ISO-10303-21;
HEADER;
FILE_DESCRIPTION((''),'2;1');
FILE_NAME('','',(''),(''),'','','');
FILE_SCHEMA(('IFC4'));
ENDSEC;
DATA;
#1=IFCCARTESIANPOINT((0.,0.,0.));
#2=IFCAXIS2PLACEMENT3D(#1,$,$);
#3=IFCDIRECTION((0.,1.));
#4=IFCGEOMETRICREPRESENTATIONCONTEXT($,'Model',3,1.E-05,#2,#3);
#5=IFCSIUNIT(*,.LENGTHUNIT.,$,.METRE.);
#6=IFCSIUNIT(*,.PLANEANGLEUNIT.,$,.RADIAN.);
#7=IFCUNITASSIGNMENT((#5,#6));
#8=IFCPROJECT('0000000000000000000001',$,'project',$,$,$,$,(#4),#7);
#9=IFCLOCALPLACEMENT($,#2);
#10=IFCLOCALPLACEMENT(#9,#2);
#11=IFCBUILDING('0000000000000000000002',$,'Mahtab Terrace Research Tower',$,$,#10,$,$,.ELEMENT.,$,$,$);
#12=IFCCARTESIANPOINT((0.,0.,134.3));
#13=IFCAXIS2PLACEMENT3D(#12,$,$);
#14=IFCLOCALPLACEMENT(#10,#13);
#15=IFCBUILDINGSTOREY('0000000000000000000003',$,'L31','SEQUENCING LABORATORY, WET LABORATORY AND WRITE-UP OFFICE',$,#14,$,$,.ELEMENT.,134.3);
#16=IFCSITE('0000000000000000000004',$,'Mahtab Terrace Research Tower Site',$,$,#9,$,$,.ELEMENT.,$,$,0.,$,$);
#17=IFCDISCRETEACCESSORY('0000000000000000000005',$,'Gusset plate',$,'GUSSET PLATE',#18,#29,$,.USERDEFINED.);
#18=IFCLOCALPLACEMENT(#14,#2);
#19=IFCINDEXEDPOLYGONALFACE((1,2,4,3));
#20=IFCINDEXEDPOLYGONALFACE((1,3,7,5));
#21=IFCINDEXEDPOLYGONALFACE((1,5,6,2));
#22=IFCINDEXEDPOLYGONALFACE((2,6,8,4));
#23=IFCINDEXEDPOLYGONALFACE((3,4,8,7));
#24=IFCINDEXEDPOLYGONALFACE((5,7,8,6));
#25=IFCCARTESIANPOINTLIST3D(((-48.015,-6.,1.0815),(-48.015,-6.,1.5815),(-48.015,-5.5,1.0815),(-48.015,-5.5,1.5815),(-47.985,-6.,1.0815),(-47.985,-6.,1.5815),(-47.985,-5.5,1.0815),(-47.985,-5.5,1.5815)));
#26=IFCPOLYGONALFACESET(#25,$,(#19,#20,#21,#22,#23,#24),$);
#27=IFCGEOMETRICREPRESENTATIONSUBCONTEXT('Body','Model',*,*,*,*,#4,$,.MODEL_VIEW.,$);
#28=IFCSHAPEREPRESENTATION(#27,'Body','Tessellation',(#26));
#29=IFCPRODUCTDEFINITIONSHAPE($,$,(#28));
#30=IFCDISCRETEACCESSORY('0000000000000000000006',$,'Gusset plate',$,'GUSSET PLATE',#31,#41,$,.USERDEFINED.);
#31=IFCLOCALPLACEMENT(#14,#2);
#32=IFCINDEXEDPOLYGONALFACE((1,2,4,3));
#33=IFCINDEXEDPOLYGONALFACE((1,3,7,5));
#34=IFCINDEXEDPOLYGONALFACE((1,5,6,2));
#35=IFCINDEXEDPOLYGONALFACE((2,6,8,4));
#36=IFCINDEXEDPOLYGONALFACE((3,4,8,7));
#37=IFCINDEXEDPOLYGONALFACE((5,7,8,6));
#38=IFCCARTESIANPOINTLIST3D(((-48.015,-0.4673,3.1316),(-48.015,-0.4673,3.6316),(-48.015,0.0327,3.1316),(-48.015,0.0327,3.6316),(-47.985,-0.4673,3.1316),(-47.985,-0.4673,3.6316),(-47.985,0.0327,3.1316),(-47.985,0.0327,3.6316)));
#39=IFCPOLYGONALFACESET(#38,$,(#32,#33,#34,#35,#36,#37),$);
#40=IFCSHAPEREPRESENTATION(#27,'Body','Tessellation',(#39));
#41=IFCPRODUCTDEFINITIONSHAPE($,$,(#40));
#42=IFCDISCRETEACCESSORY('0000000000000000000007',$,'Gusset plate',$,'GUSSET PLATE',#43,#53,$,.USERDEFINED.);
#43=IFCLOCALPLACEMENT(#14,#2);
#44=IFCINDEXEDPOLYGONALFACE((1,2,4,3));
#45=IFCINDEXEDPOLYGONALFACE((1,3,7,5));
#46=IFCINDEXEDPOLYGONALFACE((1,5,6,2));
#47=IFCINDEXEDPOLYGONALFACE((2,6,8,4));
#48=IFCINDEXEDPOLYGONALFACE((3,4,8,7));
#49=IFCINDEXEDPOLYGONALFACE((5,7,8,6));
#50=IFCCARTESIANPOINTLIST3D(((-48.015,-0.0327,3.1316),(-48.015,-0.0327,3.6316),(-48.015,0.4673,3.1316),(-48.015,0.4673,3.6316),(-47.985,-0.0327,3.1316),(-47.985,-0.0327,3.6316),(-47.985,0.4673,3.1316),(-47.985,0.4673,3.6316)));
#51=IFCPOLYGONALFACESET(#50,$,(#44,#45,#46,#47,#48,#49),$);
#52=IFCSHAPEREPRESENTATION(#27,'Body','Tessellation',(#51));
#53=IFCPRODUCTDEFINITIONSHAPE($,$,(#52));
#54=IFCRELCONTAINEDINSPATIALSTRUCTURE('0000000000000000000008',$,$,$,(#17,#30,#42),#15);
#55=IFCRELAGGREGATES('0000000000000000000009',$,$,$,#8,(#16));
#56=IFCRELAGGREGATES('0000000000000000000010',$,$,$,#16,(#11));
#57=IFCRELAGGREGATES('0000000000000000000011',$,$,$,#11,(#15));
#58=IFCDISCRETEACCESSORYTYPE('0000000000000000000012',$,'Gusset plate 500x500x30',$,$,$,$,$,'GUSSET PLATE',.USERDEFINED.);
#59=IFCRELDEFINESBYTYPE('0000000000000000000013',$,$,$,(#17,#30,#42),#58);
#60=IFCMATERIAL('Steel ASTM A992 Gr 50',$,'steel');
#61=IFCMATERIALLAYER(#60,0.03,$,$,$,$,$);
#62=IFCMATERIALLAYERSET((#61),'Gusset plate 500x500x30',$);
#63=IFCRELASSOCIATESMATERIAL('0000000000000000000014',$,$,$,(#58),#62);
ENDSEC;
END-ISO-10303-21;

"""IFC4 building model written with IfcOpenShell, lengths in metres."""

from ifc_helpers import new_model, si_unit, direction, frame, origin, origin_2d, place, context, subcontext, project, spatial, rectangle, extrude, material, layer, layer_set, type_object, element, save


model = new_model("IFC4")

# Units and contexts
model_context = context("Model", 3, precision=1e-05, world=origin(), true_north=direction((0.0, 1.0)))
body_context = subcontext(model_context, "Body", "Model", "MODEL_VIEW")
ifc_project = project(units=[si_unit("LENGTHUNIT", "METRE"), si_unit("PLANEANGLEUNIT", "RADIAN")], contexts=[model_context])

# Site, building, storey
site_placement = place(None, origin())
site = spatial("IfcSite", under=ifc_project, at=site_placement, Name="Mahtab Terrace Research Tower Site", CompositionType="ELEMENT", RefElevation=0.0)
building_placement = place(site_placement, origin())
building = spatial("IfcBuilding", under=site, at=building_placement, Name="Mahtab Terrace Research Tower", CompositionType="ELEMENT")
storey_placement = place(building_placement, frame((0.0, 0.0, 134.3)))
storey = spatial("IfcBuildingStorey", under=building, at=storey_placement, Name="L31", Description="SEQUENCING LABORATORY, WET LABORATORY AND WRITE-UP OFFICE", CompositionType="ELEMENT", Elevation=134.3)

# Shared definitions
ifc_material_1 = material(Name="Steel ASTM A992 Gr 50", Category="steel")

# Discrete accessories
ifc_layer_1 = layer(ifc_material_1, 0.03)
ifc_layer_set_1 = layer_set([ifc_layer_1], Name="Gusset plate 500x500x30")
discrete_accessory_type = type_object("IfcDiscreteAccessoryType", Name="Gusset plate 500x500x30", ElementType="GUSSET PLATE", PredefinedType="USERDEFINED", material=ifc_layer_set_1)
for number, where, z_axis, x_axis, name in (
    (1, (-48.0, -5.75, 1.0815), (0.0, 0.0, 1.0), (0.0, 1.0, 0.0), "Gusset plate"),
    (2, (-48.0, -0.2173, 3.1316), (0.0, 0.0, 1.0), (0.0, 1.0, 0.0), "Gusset plate"),
    (3, (-48.0, 0.2173, 3.1316), (0.0, 0.0, 1.0), (0.0, 1.0, 0.0), "Gusset plate"),
):
    element("IfcDiscreteAccessory", number, at=place(storey_placement, frame(where, z_axis=z_axis, x_axis=x_axis)), inside=storey, type_object=discrete_accessory_type, Name=name, ObjectType="GUSSET PLATE", PredefinedType="USERDEFINED", context=body_context, shape_type="SweptSolid", body=[
        extrude(rectangle(XDim=0.5, YDim=0.03, at=origin_2d()), origin(), (0.0, 0.0, 1.0), 0.5),
    ])

save(model, "model.ifc")
